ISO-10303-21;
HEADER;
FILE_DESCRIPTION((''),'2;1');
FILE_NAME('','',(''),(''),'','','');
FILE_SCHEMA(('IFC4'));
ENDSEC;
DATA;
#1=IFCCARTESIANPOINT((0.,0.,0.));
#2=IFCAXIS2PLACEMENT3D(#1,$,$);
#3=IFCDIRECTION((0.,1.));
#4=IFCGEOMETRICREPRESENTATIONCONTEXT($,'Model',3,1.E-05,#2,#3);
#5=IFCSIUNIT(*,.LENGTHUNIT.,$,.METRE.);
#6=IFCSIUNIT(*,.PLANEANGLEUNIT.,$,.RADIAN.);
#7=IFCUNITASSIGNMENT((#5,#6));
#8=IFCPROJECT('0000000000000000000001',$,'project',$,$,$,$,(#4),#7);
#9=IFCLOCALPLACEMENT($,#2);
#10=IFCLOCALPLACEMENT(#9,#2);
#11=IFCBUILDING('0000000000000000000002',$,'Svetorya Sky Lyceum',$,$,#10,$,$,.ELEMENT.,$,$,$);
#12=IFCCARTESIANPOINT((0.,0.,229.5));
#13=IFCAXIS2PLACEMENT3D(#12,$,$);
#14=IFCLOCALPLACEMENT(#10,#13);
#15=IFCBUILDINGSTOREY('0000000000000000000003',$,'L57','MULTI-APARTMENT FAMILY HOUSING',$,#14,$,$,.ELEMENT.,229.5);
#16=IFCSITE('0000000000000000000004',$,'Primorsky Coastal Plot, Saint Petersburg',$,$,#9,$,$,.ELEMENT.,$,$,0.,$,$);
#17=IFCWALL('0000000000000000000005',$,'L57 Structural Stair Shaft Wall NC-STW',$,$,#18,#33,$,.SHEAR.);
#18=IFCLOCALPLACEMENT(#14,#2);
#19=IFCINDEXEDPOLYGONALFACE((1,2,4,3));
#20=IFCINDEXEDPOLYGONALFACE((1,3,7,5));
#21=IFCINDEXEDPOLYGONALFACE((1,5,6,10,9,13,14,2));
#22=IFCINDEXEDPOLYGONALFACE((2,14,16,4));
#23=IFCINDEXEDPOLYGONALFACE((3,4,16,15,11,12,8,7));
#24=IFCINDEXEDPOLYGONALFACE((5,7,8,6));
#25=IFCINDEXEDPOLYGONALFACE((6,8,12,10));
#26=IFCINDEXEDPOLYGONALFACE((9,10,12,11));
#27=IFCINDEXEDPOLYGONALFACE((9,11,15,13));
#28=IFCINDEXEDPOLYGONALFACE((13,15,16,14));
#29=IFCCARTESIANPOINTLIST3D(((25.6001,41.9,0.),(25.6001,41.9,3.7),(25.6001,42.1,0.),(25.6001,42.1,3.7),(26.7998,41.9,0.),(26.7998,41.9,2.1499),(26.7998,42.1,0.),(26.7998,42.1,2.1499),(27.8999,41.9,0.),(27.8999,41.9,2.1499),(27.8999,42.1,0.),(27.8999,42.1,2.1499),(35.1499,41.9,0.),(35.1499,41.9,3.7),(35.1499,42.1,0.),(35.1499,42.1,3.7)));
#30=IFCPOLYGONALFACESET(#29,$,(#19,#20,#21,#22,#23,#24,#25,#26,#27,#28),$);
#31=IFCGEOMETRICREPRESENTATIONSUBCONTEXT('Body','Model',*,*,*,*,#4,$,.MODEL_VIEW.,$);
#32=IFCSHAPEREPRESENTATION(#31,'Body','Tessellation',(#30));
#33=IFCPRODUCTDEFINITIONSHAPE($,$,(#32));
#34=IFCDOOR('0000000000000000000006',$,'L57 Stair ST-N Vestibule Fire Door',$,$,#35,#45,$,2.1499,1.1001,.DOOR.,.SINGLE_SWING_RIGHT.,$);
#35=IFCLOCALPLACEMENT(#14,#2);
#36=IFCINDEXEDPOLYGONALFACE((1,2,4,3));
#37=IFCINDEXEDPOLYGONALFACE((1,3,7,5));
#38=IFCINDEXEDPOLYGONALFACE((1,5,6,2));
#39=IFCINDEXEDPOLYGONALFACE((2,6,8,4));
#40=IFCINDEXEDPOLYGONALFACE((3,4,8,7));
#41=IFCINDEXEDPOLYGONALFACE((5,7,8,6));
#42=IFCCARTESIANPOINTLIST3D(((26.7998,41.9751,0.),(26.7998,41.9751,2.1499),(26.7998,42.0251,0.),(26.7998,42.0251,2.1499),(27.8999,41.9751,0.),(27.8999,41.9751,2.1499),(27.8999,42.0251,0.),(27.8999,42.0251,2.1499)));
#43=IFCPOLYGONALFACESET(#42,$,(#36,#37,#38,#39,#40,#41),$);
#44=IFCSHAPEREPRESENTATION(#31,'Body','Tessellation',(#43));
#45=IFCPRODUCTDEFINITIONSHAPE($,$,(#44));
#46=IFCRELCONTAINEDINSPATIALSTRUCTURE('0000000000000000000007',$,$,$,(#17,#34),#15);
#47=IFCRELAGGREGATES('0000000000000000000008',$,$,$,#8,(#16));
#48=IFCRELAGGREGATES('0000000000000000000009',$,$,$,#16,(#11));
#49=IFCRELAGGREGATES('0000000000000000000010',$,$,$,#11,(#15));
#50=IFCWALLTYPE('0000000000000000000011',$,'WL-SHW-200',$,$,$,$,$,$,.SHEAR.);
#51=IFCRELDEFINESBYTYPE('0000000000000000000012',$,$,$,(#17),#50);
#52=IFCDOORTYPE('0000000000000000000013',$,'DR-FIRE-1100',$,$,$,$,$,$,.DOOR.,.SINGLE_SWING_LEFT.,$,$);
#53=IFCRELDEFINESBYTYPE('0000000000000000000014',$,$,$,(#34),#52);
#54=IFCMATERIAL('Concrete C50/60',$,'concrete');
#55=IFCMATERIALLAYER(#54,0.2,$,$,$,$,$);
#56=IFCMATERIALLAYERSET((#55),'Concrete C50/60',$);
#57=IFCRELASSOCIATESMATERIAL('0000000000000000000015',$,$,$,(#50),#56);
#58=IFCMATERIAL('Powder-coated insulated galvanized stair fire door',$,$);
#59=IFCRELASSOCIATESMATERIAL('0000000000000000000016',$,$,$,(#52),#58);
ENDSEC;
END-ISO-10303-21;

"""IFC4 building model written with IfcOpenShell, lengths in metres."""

from ifc_helpers import new_model, si_unit, direction, frame, frame_2d, origin, place, context, subcontext, project, spatial, rectangle, extrude, material, layer, layer_set, type_object, element, fill, save


model = new_model("IFC4")

# Units and contexts
model_context = context("Model", 3, precision=1e-05, world=origin(), true_north=direction((0.0, 1.0)))
body_context = subcontext(model_context, "Body", "Model", "MODEL_VIEW")
ifc_project = project(units=[si_unit("LENGTHUNIT", "METRE"), si_unit("PLANEANGLEUNIT", "RADIAN")], contexts=[model_context])

# Site, building, storey
site_placement = place(None, origin())
site = spatial("IfcSite", under=ifc_project, at=site_placement, Name="Primorsky Coastal Plot, Saint Petersburg", CompositionType="ELEMENT", RefElevation=0.0)
building_placement = place(site_placement, origin())
building = spatial("IfcBuilding", under=site, at=building_placement, Name="Svetorya Sky Lyceum", CompositionType="ELEMENT")
storey_placement = place(building_placement, frame((0.0, 0.0, 229.5)))
storey = spatial("IfcBuildingStorey", under=building, at=storey_placement, Name="L57", Description="MULTI-APARTMENT FAMILY HOUSING", CompositionType="ELEMENT", Elevation=229.5)

# Shared definitions
ifc_material_1 = material(Name="Concrete C50/60", Category="concrete")

# Wall, opening, door
ifc_layer_1 = layer(ifc_material_1, 0.2)
ifc_layer_set_1 = layer_set([ifc_layer_1], Name="Concrete C50/60")
wall_type_1 = type_object("IfcWallType", Name="WL-SHW-200", PredefinedType="SHEAR", material=ifc_layer_set_1)
wall_1_placement = place(storey_placement, frame((35.1499, 42.0, 0.0), z_axis=(0.0, 0.0, 1.0), x_axis=(-1.0, 0.0, 0.0)))
wall_1 = element("IfcWall", 1, at=wall_1_placement, inside=storey, type_object=wall_type_1, Name="L57 Structural Stair Shaft Wall NC-STW", PredefinedType="SHEAR", context=body_context, shape_type="SweptSolid", body=[
    extrude(rectangle(XDim=9.5498, YDim=0.2, at=frame_2d((4.7749, 0.0))), origin(), (0.0, 0.0, 1.0), 3.7),
])
opening_1_placement = place(wall_1_placement, frame((7.25, 0.0, 0.0)))
opening_1 = element("IfcOpeningElement", 2, at=opening_1_placement, cuts=wall_1, PredefinedType="OPENING", context=body_context, shape_type="SweptSolid", body=[
    extrude(rectangle(XDim=1.1001, YDim=2.1499, at=frame_2d((0.55, 1.075))), frame((0.0, 0.1099, 0.0), z_axis=(0.0, -1.0, 0.0), x_axis=(1.0, 0.0, 0.0)), (0.0, 0.0, 1.0), 0.22),
])
ifc_material_2 = material(Name="Powder-coated insulated galvanized stair fire door")
door_type_1 = type_object("IfcDoorType", Name="DR-FIRE-1100", OperationType="SINGLE_SWING_LEFT", PredefinedType="DOOR", material=ifc_material_2)
door_1_placement = place(opening_1_placement, origin())
door_1 = element("IfcDoor", 3, at=door_1_placement, inside=storey, type_object=door_type_1, Name="L57 Stair ST-N Vestibule Fire Door", OperationType="SINGLE_SWING_RIGHT", OverallHeight=2.1499, OverallWidth=1.1001, PredefinedType="DOOR", context=body_context, shape_type="SweptSolid", body=[
    extrude(rectangle(XDim=1.1001, YDim=2.1499, at=frame_2d((0.55, 1.075))), frame((0.0, 0.0249, 0.0), z_axis=(0.0, -1.0, 0.0), x_axis=(1.0, 0.0, 0.0)), (0.0, 0.0, 1.0), 0.05),
])
fill(opening_1, door_1)

save(model, "model.ifc")
